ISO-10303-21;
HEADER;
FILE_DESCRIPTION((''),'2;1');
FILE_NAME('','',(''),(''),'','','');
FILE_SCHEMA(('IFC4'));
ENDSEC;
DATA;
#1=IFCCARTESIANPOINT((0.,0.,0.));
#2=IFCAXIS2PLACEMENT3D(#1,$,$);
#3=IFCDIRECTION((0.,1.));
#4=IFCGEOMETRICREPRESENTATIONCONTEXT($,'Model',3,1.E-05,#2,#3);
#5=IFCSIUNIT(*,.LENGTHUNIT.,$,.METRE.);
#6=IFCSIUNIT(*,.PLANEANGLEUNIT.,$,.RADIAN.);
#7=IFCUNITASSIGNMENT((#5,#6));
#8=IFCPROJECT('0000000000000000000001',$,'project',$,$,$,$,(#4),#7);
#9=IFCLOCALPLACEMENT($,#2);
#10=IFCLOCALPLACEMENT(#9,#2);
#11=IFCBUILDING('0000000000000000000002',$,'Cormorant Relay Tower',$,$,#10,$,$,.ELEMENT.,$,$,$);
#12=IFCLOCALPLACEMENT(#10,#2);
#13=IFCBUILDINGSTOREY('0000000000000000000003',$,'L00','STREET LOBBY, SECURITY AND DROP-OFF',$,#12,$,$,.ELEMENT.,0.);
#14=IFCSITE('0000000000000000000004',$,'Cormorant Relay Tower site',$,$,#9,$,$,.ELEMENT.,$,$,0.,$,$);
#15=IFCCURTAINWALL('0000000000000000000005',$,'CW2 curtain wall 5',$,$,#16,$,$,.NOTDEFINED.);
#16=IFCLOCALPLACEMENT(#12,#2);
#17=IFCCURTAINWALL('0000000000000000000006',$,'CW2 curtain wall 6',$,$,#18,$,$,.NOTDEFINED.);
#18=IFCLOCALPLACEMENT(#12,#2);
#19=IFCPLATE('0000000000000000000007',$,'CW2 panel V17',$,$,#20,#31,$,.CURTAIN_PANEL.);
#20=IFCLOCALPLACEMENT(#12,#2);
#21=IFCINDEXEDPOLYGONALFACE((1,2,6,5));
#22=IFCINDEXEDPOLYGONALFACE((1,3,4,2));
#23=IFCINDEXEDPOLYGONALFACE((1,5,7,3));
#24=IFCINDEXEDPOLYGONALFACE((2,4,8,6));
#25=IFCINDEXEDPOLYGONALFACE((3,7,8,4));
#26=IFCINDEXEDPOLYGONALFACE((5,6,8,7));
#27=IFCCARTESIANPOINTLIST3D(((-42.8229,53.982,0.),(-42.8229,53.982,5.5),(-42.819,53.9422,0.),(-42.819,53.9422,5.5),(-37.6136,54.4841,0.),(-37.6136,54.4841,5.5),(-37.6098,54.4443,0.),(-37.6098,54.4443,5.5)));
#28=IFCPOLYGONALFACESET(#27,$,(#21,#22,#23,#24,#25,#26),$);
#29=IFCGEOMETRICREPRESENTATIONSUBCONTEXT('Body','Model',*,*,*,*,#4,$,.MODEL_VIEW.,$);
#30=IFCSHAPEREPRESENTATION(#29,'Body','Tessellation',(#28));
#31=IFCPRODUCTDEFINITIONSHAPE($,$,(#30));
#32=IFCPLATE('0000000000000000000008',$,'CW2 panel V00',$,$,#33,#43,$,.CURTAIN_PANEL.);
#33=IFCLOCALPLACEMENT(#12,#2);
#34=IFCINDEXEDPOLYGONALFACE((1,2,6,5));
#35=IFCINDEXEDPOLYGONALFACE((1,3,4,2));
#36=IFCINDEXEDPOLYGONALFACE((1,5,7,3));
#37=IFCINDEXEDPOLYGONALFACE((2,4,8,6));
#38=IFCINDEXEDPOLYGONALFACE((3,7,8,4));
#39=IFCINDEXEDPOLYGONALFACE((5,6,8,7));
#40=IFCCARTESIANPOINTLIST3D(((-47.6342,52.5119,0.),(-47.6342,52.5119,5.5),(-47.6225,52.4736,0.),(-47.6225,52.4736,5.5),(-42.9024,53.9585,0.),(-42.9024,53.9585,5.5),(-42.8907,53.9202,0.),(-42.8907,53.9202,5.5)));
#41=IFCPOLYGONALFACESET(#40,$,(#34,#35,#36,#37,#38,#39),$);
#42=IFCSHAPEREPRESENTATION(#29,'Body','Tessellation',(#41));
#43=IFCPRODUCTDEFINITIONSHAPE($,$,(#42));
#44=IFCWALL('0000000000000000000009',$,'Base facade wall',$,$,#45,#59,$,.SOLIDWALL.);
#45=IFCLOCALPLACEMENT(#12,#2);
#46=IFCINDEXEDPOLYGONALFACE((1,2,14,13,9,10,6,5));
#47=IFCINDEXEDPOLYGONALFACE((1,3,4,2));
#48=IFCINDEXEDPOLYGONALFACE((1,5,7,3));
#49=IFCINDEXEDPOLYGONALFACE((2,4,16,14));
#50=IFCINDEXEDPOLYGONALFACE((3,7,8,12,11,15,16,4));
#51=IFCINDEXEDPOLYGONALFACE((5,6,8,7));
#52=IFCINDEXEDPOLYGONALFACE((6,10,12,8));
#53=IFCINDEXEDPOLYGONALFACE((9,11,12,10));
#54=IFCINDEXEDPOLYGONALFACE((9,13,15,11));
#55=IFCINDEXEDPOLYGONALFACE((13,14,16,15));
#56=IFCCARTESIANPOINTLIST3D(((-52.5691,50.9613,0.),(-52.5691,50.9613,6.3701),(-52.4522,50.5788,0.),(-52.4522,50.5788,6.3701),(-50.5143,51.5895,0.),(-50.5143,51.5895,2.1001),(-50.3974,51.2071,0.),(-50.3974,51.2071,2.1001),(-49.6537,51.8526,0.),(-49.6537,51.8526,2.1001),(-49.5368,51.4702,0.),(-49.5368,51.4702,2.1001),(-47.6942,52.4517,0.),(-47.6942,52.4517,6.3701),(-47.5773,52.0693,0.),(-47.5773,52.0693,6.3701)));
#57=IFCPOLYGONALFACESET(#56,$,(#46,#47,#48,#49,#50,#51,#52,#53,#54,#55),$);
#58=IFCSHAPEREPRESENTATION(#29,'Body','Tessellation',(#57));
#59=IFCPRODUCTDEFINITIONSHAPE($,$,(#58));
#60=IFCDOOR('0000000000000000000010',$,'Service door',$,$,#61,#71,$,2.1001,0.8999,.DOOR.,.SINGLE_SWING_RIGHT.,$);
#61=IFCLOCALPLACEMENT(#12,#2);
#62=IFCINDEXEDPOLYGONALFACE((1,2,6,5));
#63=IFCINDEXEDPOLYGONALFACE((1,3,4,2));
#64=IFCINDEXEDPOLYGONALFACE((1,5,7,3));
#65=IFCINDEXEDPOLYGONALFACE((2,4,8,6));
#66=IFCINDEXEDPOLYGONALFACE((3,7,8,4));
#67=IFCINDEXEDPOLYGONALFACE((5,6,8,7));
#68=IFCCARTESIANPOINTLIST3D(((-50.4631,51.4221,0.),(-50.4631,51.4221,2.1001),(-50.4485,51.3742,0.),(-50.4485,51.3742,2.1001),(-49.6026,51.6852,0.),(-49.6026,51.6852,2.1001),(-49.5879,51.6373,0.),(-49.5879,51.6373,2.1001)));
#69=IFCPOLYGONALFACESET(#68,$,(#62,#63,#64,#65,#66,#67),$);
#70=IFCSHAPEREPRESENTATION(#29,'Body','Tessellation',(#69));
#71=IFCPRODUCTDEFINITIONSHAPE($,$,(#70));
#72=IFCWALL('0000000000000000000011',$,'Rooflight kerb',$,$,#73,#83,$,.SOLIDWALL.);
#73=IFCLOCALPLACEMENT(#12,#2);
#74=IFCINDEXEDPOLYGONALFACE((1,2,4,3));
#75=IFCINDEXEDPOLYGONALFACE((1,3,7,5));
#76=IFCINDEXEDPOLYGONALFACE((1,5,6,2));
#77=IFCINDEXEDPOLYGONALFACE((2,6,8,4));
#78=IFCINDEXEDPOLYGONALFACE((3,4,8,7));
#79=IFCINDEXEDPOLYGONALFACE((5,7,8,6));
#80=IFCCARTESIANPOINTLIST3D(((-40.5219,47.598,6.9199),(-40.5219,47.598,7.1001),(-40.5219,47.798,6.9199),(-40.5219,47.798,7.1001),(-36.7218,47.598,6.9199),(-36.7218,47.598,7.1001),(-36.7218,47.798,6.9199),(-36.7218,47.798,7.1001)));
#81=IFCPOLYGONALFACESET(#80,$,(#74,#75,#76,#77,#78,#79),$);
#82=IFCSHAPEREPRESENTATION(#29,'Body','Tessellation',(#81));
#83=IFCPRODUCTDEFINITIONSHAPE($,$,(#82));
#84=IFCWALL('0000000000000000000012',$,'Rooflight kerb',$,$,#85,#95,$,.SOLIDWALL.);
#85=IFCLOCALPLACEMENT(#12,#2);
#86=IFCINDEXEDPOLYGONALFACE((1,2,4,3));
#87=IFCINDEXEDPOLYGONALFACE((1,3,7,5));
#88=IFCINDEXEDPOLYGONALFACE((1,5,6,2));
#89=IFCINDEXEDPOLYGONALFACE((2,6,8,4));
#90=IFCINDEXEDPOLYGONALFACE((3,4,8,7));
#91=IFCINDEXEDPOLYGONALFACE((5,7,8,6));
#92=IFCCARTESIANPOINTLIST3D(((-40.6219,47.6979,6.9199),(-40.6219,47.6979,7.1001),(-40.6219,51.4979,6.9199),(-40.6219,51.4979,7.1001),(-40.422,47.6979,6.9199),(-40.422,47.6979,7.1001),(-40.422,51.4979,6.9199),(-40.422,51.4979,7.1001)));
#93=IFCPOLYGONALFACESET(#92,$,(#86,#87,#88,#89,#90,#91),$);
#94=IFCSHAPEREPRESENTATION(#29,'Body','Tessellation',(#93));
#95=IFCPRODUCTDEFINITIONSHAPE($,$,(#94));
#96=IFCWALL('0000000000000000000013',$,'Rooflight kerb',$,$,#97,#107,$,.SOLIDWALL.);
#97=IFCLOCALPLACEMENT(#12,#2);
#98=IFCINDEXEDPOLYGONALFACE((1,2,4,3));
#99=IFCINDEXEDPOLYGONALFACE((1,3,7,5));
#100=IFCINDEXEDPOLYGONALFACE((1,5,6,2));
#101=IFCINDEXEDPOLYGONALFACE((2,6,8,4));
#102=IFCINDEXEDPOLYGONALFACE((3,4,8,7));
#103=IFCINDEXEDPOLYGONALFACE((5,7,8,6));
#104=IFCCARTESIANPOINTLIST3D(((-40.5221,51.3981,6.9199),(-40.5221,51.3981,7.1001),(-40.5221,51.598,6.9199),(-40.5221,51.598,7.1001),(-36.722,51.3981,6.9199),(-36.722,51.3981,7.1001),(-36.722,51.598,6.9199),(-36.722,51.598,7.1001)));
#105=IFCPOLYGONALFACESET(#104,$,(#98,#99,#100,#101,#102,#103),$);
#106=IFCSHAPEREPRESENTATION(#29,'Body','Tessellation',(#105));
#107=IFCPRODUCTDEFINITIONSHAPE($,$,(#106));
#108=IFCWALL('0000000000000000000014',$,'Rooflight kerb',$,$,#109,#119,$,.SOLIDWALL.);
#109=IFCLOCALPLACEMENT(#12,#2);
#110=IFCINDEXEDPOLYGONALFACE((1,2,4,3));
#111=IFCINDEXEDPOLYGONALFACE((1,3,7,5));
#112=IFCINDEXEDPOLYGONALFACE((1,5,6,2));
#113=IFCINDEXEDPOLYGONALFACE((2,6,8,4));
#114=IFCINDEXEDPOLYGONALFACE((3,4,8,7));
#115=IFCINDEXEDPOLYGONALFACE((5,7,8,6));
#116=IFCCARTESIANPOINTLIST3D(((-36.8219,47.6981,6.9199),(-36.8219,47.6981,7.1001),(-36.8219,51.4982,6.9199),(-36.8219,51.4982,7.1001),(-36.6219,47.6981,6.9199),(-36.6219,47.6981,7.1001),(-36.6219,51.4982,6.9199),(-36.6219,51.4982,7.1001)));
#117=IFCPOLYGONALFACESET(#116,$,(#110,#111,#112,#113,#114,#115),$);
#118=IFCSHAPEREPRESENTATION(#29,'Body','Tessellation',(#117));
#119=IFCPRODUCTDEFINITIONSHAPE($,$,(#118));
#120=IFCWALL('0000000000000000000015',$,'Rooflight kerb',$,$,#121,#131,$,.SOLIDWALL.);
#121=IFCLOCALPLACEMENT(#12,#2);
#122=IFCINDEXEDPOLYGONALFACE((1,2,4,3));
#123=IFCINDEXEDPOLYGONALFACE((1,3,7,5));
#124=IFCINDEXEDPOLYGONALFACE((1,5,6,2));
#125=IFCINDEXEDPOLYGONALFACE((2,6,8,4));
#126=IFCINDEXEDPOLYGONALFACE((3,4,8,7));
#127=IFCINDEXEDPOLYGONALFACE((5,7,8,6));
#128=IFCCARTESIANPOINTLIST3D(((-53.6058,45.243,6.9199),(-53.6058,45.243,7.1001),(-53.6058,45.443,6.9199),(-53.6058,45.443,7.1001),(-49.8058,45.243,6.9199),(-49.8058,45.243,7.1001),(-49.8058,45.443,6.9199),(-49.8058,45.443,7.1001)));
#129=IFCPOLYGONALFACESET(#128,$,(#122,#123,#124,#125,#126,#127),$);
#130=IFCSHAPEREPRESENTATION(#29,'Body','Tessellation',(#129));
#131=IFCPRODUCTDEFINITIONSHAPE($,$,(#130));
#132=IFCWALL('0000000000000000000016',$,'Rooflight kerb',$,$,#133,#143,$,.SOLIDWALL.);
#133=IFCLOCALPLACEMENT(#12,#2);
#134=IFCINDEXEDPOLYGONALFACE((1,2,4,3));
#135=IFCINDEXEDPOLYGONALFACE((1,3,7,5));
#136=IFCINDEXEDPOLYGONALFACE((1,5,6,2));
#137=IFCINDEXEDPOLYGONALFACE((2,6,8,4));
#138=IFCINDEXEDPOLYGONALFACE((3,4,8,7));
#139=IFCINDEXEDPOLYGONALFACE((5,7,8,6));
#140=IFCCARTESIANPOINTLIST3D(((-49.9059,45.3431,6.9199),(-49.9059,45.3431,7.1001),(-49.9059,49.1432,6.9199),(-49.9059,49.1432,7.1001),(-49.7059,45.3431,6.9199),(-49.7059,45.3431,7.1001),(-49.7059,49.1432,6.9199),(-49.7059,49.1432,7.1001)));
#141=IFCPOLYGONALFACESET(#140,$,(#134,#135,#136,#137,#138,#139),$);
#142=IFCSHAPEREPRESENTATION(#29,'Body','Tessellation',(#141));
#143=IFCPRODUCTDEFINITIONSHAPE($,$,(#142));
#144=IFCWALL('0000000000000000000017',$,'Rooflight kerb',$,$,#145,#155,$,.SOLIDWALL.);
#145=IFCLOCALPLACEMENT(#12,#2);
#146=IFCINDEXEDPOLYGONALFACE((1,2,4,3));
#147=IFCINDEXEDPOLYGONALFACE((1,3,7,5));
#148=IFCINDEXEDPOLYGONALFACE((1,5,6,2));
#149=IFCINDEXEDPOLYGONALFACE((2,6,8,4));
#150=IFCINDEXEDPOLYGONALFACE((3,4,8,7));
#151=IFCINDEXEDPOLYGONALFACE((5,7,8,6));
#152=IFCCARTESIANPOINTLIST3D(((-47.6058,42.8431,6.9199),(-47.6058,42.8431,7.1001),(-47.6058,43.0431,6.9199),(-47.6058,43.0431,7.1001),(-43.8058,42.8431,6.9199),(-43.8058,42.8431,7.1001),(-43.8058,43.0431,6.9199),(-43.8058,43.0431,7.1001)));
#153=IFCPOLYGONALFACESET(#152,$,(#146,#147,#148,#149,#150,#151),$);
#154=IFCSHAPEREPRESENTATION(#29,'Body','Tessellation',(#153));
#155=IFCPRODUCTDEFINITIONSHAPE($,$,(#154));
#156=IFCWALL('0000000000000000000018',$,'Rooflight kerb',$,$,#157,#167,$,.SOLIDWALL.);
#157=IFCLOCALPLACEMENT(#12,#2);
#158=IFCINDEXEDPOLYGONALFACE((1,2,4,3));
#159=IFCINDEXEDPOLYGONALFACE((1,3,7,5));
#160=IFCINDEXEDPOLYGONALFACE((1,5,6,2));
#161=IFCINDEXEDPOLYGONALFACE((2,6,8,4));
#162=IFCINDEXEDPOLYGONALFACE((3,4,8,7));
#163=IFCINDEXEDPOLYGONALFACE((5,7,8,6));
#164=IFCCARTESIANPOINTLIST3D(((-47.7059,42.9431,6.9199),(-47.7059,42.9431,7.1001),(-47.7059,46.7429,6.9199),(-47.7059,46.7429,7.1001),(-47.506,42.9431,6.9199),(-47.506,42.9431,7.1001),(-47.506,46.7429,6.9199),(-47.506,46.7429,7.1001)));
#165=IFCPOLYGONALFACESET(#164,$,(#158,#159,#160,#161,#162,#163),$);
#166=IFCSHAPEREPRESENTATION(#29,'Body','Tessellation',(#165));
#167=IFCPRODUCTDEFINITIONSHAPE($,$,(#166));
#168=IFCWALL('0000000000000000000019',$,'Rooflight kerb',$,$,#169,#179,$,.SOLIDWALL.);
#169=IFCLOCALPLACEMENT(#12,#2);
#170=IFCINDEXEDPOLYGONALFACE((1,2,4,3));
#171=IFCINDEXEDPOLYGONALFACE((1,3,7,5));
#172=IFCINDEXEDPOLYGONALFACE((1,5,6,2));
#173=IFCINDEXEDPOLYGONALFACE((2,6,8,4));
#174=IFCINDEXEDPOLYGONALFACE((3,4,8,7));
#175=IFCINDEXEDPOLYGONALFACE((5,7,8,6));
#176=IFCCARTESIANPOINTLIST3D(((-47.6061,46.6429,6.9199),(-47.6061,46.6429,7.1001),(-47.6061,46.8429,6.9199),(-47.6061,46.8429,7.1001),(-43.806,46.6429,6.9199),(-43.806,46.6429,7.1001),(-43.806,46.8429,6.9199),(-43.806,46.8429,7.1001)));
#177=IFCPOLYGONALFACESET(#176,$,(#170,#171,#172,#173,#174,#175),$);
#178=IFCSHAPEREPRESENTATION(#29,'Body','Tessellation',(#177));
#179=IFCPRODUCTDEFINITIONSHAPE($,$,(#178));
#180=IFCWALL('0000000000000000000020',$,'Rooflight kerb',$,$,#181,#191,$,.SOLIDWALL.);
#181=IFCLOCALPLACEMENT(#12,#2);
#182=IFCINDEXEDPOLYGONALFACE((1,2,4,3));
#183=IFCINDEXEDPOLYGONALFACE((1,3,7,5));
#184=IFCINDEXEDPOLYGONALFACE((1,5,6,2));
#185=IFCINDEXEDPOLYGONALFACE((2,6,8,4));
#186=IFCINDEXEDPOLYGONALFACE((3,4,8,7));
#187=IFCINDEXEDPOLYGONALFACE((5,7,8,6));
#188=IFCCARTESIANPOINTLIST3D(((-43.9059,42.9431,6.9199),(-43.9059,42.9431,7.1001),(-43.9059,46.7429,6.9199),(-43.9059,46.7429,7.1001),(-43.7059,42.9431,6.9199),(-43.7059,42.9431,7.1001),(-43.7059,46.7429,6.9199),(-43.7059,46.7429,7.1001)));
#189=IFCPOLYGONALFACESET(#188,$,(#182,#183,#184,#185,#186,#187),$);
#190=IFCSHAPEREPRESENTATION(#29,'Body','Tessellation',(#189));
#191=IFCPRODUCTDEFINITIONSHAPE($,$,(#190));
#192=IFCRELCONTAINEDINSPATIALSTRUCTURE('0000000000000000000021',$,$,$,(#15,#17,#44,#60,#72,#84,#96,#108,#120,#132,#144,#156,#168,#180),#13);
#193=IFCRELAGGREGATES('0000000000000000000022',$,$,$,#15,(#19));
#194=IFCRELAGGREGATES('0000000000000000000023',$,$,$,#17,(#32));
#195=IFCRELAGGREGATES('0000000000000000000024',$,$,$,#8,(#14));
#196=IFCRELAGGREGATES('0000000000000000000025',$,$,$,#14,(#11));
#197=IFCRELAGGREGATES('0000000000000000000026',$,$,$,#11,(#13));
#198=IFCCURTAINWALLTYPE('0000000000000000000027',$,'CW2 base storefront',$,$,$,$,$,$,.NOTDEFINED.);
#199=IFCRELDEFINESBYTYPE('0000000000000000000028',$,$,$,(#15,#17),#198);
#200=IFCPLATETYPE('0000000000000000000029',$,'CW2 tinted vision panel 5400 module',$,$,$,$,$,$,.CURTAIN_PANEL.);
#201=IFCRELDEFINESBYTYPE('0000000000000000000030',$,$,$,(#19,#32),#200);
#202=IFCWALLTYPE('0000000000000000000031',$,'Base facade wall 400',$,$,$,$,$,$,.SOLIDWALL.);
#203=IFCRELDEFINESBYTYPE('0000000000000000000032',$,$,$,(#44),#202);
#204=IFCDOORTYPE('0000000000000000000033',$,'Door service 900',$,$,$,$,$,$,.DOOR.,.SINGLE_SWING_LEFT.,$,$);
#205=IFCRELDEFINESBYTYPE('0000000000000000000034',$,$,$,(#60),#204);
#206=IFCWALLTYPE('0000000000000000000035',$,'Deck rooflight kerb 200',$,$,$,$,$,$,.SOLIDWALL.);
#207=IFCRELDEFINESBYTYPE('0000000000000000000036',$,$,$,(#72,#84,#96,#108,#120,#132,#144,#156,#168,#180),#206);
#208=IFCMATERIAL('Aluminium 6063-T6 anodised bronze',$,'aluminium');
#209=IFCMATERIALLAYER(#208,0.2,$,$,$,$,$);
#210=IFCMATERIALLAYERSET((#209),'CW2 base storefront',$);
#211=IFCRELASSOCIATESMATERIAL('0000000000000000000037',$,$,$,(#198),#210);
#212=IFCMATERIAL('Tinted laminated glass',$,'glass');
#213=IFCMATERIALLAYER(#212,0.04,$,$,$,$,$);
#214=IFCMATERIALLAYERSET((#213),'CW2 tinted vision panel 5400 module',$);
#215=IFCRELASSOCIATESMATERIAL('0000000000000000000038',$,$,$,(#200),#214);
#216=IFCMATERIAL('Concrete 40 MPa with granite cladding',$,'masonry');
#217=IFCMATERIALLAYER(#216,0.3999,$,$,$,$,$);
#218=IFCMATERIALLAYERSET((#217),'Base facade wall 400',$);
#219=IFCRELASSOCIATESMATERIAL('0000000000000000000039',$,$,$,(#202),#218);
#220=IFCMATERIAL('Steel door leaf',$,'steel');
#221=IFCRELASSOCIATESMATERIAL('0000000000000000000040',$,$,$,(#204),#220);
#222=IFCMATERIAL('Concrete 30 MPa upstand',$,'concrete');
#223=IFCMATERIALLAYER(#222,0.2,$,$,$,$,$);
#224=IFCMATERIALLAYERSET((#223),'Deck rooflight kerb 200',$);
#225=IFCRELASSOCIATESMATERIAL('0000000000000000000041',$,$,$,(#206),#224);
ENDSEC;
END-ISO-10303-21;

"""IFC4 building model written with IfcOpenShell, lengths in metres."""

from ifc_helpers import new_model, si_unit, direction, frame, frame_2d, origin, origin_2d, place, context, subcontext, project, spatial, rectangle, extrude, material, layer, layer_set, type_object, element, fill, aggregate, save


model = new_model("IFC4")

# Units and contexts
model_context = context("Model", 3, precision=1e-05, world=origin(), true_north=direction((0.0, 1.0)))
body_context = subcontext(model_context, "Body", "Model", "MODEL_VIEW")
ifc_project = project(units=[si_unit("LENGTHUNIT", "METRE"), si_unit("PLANEANGLEUNIT", "RADIAN")], contexts=[model_context])

# Site, building, storey
site_placement = place(None, origin())
site = spatial("IfcSite", under=ifc_project, at=site_placement, Name="Cormorant Relay Tower site", CompositionType="ELEMENT", RefElevation=0.0)
building_placement = place(site_placement, origin())
building = spatial("IfcBuilding", under=site, at=building_placement, Name="Cormorant Relay Tower", CompositionType="ELEMENT")
storey_placement = place(building_placement, origin())
storey = spatial("IfcBuildingStorey", under=building, at=storey_placement, Name="L00", Description="STREET LOBBY, SECURITY AND DROP-OFF", CompositionType="ELEMENT", Elevation=0.0)

# Curtain wall
ifc_material_1 = material(Name="Aluminium 6063-T6 anodised bronze", Category="aluminium")
ifc_layer_1 = layer(ifc_material_1, 0.2)
ifc_layer_set_1 = layer_set([ifc_layer_1], Name="CW2 base storefront")
curtain_wall_type = type_object("IfcCurtainWallType", Name="CW2 base storefront", PredefinedType="NOTDEFINED", material=ifc_layer_set_1)
curtain_wall_1_placement = place(storey_placement, origin())
curtain_wall_1 = element("IfcCurtainWall", 1, at=curtain_wall_1_placement, inside=storey, type_object=curtain_wall_type, Name="CW2 curtain wall 5", PredefinedType="NOTDEFINED")

# Curtain wall
curtain_wall_2_placement = place(storey_placement, origin())
curtain_wall_2 = element("IfcCurtainWall", 2, at=curtain_wall_2_placement, inside=storey, type_object=curtain_wall_type, Name="CW2 curtain wall 6", PredefinedType="NOTDEFINED")

# Plates
ifc_material_2 = material(Name="Tinted laminated glass", Category="glass")
ifc_layer_2 = layer(ifc_material_2, 0.04)
ifc_layer_set_2 = layer_set([ifc_layer_2], Name="CW2 tinted vision panel 5400 module")
plate_type = type_object("IfcPlateType", Name="CW2 tinted vision panel 5400 module", PredefinedType="CURTAIN_PANEL", material=ifc_layer_set_2)
plate_1_placement = place(storey_placement, frame((-40.2163, 54.2131, 0.0), z_axis=(0.0, 0.0, 1.0), x_axis=(-0.995387, -0.09594, 0.0)))
plate_1 = element("IfcPlate", 3, at=plate_1_placement, type_object=plate_type, Name="CW2 panel V17", PredefinedType="CURTAIN_PANEL", context=body_context, shape_type="SweptSolid", body=[
    extrude(rectangle(XDim=5.2334, YDim=0.04, at=origin_2d()), origin(), (0.0, 0.0, 1.0), 5.5),
])
aggregate(curtain_wall_1, [plate_1])
plate_2_placement = place(storey_placement, frame((-45.2625, 53.2161, 0.0), z_axis=(0.0, 0.0, 1.0), x_axis=(-0.956305, -0.292372, 0.0)))
plate_2 = element("IfcPlate", 4, at=plate_2_placement, type_object=plate_type, Name="CW2 panel V00", PredefinedType="CURTAIN_PANEL", context=body_context, shape_type="SweptSolid", body=[
    extrude(rectangle(XDim=4.948, YDim=0.04, at=origin_2d()), origin(), (0.0, 0.0, 1.0), 5.5),
])
aggregate(curtain_wall_2, [plate_2])

# Wall, opening, door
ifc_material_3 = material(Name="Concrete 40 MPa with granite cladding", Category="masonry")
ifc_layer_3 = layer(ifc_material_3, 0.3999)
ifc_layer_set_3 = layer_set([ifc_layer_3], Name="Base facade wall 400")
wall_type_1 = type_object("IfcWallType", Name="Base facade wall 400", PredefinedType="SOLIDWALL", material=ifc_layer_set_3)
wall_1_placement = place(storey_placement, frame((-47.6357, 52.2605, 0.0), z_axis=(0.0, 0.0, 1.0), x_axis=(-0.956302, -0.292379, 0.0)))
wall_1 = element("IfcWall", 5, at=wall_1_placement, inside=storey, type_object=wall_type_1, Name="Base facade wall", PredefinedType="SOLIDWALL", context=body_context, shape_type="SweptSolid", body=[
    extrude(rectangle(XDim=5.0977, YDim=0.3999, at=frame_2d((2.5488, 0.0))), origin(), (0.0, 0.0, 1.0), 6.3701),
])
opening_1_placement = place(wall_1_placement, frame((2.0491, 0.0, 0.0)))
opening_1 = element("IfcOpeningElement", 6, at=opening_1_placement, cuts=wall_1, PredefinedType="OPENING", context=body_context, shape_type="SweptSolid", body=[
    extrude(rectangle(XDim=0.8999, YDim=2.1001, at=frame_2d((0.45, 1.05))), frame((0.0, 0.21, 0.0), z_axis=(0.0, -1.0, 0.0), x_axis=(1.0, 0.0, 0.0)), (0.0, 0.0, 1.0), 0.4199),
])
ifc_material_4 = material(Name="Steel door leaf", Category="steel")
door_type_1 = type_object("IfcDoorType", Name="Door service 900", OperationType="SINGLE_SWING_LEFT", PredefinedType="DOOR", material=ifc_material_4)
door_1_placement = place(opening_1_placement, frame((0.8999, 0.0, 0.0), z_axis=(0.0, 0.0, 1.0), x_axis=(-1.0, 0.0, 0.0)))
door_1 = element("IfcDoor", 7, at=door_1_placement, inside=storey, type_object=door_type_1, Name="Service door", OperationType="SINGLE_SWING_RIGHT", OverallHeight=2.1001, OverallWidth=0.8999, PredefinedType="DOOR", context=body_context, shape_type="SweptSolid", body=[
    extrude(rectangle(XDim=0.8999, YDim=2.1001, at=frame_2d((0.45, 1.05))), frame((0.0, 0.0249, 0.0), z_axis=(0.0, -1.0, 0.0), x_axis=(1.0, 0.0, 0.0)), (0.0, 0.0, 1.0), 0.05),
])
fill(opening_1, door_1)

# Walls
ifc_material_5 = material(Name="Concrete 30 MPa upstand", Category="concrete")
ifc_layer_4 = layer(ifc_material_5, 0.2)
ifc_layer_set_4 = layer_set([ifc_layer_4], Name="Deck rooflight kerb 200")
wall_type_2 = type_object("IfcWallType", Name="Deck rooflight kerb 200", PredefinedType="SOLIDWALL", material=ifc_layer_set_4)
for number, where, z_axis, x_axis, name in (
    (8, (-36.7219, 47.698, 6.9199), (0.0, 0.0, 1.0), (-1.0, 0.0, 0.0), "Rooflight kerb"),
    (9, (-40.522, 47.698, 6.9199), (0.0, 0.0, 1.0), (0.0, 1.0, 0.0), "Rooflight kerb"),
    (10, (-40.522, 51.498, 6.9199), (0.0, 0.0, 1.0), (1.0, 0.0, 0.0), "Rooflight kerb"),
    (11, (-36.7219, 51.498, 6.9199), (0.0, 0.0, 1.0), (0.0, -1.0, 0.0), "Rooflight kerb"),
    (12, (-49.8059, 45.343, 6.9199), (0.0, 0.0, 1.0), (-1.0, 0.0, 0.0), "Rooflight kerb"),
    (13, (-49.8059, 49.1431, 6.9199), (0.0, 0.0, 1.0), (0.0, -1.0, 0.0), "Rooflight kerb"),
    (14, (-43.8059, 42.9431, 6.9199), (0.0, 0.0, 1.0), (-1.0, 0.0, 0.0), "Rooflight kerb"),
):
    element("IfcWall", number, at=place(storey_placement, frame(where, z_axis=z_axis, x_axis=x_axis)), inside=storey, type_object=wall_type_2, Name=name, PredefinedType="SOLIDWALL", context=body_context, shape_type="SweptSolid", body=[
        extrude(rectangle(XDim=3.8, YDim=0.2, at=frame_2d((1.8999, 0.0))), origin(), (0.0, 0.0, 1.0), 0.1802),
    ])
wall_2_placement = place(storey_placement, frame((-47.606, 42.9431, 6.9199), z_axis=(0.0, 0.0, 1.0), x_axis=(0.0, 1.0, 0.0)))
element("IfcWall", 15, at=wall_2_placement, inside=storey, type_object=wall_type_2, Name="Rooflight kerb", PredefinedType="SOLIDWALL", context=body_context, shape_type="SweptSolid", body=[
    extrude(rectangle(XDim=3.7998, YDim=0.2, at=frame_2d((1.8999, 0.0))), origin(), (0.0, 0.0, 1.0), 0.1802),
])
wall_3_placement = place(storey_placement, frame((-47.606, 46.7429, 6.9199), z_axis=(0.0, 0.0, 1.0), x_axis=(1.0, 0.0, 0.0)))
element("IfcWall", 16, at=wall_3_placement, inside=storey, type_object=wall_type_2, Name="Rooflight kerb", PredefinedType="SOLIDWALL", context=body_context, shape_type="SweptSolid", body=[
    extrude(rectangle(XDim=3.8, YDim=0.2, at=frame_2d((1.8999, 0.0))), origin(), (0.0, 0.0, 1.0), 0.1802),
])
wall_4_placement = place(storey_placement, frame((-43.8059, 46.7429, 6.9199), z_axis=(0.0, 0.0, 1.0), x_axis=(0.0, -1.0, 0.0)))
element("IfcWall", 17, at=wall_4_placement, inside=storey, type_object=wall_type_2, Name="Rooflight kerb", PredefinedType="SOLIDWALL", context=body_context, shape_type="SweptSolid", body=[
    extrude(rectangle(XDim=3.7998, YDim=0.2, at=frame_2d((1.8999, 0.0))), origin(), (0.0, 0.0, 1.0), 0.1802),
])

save(model, "model.ifc")
